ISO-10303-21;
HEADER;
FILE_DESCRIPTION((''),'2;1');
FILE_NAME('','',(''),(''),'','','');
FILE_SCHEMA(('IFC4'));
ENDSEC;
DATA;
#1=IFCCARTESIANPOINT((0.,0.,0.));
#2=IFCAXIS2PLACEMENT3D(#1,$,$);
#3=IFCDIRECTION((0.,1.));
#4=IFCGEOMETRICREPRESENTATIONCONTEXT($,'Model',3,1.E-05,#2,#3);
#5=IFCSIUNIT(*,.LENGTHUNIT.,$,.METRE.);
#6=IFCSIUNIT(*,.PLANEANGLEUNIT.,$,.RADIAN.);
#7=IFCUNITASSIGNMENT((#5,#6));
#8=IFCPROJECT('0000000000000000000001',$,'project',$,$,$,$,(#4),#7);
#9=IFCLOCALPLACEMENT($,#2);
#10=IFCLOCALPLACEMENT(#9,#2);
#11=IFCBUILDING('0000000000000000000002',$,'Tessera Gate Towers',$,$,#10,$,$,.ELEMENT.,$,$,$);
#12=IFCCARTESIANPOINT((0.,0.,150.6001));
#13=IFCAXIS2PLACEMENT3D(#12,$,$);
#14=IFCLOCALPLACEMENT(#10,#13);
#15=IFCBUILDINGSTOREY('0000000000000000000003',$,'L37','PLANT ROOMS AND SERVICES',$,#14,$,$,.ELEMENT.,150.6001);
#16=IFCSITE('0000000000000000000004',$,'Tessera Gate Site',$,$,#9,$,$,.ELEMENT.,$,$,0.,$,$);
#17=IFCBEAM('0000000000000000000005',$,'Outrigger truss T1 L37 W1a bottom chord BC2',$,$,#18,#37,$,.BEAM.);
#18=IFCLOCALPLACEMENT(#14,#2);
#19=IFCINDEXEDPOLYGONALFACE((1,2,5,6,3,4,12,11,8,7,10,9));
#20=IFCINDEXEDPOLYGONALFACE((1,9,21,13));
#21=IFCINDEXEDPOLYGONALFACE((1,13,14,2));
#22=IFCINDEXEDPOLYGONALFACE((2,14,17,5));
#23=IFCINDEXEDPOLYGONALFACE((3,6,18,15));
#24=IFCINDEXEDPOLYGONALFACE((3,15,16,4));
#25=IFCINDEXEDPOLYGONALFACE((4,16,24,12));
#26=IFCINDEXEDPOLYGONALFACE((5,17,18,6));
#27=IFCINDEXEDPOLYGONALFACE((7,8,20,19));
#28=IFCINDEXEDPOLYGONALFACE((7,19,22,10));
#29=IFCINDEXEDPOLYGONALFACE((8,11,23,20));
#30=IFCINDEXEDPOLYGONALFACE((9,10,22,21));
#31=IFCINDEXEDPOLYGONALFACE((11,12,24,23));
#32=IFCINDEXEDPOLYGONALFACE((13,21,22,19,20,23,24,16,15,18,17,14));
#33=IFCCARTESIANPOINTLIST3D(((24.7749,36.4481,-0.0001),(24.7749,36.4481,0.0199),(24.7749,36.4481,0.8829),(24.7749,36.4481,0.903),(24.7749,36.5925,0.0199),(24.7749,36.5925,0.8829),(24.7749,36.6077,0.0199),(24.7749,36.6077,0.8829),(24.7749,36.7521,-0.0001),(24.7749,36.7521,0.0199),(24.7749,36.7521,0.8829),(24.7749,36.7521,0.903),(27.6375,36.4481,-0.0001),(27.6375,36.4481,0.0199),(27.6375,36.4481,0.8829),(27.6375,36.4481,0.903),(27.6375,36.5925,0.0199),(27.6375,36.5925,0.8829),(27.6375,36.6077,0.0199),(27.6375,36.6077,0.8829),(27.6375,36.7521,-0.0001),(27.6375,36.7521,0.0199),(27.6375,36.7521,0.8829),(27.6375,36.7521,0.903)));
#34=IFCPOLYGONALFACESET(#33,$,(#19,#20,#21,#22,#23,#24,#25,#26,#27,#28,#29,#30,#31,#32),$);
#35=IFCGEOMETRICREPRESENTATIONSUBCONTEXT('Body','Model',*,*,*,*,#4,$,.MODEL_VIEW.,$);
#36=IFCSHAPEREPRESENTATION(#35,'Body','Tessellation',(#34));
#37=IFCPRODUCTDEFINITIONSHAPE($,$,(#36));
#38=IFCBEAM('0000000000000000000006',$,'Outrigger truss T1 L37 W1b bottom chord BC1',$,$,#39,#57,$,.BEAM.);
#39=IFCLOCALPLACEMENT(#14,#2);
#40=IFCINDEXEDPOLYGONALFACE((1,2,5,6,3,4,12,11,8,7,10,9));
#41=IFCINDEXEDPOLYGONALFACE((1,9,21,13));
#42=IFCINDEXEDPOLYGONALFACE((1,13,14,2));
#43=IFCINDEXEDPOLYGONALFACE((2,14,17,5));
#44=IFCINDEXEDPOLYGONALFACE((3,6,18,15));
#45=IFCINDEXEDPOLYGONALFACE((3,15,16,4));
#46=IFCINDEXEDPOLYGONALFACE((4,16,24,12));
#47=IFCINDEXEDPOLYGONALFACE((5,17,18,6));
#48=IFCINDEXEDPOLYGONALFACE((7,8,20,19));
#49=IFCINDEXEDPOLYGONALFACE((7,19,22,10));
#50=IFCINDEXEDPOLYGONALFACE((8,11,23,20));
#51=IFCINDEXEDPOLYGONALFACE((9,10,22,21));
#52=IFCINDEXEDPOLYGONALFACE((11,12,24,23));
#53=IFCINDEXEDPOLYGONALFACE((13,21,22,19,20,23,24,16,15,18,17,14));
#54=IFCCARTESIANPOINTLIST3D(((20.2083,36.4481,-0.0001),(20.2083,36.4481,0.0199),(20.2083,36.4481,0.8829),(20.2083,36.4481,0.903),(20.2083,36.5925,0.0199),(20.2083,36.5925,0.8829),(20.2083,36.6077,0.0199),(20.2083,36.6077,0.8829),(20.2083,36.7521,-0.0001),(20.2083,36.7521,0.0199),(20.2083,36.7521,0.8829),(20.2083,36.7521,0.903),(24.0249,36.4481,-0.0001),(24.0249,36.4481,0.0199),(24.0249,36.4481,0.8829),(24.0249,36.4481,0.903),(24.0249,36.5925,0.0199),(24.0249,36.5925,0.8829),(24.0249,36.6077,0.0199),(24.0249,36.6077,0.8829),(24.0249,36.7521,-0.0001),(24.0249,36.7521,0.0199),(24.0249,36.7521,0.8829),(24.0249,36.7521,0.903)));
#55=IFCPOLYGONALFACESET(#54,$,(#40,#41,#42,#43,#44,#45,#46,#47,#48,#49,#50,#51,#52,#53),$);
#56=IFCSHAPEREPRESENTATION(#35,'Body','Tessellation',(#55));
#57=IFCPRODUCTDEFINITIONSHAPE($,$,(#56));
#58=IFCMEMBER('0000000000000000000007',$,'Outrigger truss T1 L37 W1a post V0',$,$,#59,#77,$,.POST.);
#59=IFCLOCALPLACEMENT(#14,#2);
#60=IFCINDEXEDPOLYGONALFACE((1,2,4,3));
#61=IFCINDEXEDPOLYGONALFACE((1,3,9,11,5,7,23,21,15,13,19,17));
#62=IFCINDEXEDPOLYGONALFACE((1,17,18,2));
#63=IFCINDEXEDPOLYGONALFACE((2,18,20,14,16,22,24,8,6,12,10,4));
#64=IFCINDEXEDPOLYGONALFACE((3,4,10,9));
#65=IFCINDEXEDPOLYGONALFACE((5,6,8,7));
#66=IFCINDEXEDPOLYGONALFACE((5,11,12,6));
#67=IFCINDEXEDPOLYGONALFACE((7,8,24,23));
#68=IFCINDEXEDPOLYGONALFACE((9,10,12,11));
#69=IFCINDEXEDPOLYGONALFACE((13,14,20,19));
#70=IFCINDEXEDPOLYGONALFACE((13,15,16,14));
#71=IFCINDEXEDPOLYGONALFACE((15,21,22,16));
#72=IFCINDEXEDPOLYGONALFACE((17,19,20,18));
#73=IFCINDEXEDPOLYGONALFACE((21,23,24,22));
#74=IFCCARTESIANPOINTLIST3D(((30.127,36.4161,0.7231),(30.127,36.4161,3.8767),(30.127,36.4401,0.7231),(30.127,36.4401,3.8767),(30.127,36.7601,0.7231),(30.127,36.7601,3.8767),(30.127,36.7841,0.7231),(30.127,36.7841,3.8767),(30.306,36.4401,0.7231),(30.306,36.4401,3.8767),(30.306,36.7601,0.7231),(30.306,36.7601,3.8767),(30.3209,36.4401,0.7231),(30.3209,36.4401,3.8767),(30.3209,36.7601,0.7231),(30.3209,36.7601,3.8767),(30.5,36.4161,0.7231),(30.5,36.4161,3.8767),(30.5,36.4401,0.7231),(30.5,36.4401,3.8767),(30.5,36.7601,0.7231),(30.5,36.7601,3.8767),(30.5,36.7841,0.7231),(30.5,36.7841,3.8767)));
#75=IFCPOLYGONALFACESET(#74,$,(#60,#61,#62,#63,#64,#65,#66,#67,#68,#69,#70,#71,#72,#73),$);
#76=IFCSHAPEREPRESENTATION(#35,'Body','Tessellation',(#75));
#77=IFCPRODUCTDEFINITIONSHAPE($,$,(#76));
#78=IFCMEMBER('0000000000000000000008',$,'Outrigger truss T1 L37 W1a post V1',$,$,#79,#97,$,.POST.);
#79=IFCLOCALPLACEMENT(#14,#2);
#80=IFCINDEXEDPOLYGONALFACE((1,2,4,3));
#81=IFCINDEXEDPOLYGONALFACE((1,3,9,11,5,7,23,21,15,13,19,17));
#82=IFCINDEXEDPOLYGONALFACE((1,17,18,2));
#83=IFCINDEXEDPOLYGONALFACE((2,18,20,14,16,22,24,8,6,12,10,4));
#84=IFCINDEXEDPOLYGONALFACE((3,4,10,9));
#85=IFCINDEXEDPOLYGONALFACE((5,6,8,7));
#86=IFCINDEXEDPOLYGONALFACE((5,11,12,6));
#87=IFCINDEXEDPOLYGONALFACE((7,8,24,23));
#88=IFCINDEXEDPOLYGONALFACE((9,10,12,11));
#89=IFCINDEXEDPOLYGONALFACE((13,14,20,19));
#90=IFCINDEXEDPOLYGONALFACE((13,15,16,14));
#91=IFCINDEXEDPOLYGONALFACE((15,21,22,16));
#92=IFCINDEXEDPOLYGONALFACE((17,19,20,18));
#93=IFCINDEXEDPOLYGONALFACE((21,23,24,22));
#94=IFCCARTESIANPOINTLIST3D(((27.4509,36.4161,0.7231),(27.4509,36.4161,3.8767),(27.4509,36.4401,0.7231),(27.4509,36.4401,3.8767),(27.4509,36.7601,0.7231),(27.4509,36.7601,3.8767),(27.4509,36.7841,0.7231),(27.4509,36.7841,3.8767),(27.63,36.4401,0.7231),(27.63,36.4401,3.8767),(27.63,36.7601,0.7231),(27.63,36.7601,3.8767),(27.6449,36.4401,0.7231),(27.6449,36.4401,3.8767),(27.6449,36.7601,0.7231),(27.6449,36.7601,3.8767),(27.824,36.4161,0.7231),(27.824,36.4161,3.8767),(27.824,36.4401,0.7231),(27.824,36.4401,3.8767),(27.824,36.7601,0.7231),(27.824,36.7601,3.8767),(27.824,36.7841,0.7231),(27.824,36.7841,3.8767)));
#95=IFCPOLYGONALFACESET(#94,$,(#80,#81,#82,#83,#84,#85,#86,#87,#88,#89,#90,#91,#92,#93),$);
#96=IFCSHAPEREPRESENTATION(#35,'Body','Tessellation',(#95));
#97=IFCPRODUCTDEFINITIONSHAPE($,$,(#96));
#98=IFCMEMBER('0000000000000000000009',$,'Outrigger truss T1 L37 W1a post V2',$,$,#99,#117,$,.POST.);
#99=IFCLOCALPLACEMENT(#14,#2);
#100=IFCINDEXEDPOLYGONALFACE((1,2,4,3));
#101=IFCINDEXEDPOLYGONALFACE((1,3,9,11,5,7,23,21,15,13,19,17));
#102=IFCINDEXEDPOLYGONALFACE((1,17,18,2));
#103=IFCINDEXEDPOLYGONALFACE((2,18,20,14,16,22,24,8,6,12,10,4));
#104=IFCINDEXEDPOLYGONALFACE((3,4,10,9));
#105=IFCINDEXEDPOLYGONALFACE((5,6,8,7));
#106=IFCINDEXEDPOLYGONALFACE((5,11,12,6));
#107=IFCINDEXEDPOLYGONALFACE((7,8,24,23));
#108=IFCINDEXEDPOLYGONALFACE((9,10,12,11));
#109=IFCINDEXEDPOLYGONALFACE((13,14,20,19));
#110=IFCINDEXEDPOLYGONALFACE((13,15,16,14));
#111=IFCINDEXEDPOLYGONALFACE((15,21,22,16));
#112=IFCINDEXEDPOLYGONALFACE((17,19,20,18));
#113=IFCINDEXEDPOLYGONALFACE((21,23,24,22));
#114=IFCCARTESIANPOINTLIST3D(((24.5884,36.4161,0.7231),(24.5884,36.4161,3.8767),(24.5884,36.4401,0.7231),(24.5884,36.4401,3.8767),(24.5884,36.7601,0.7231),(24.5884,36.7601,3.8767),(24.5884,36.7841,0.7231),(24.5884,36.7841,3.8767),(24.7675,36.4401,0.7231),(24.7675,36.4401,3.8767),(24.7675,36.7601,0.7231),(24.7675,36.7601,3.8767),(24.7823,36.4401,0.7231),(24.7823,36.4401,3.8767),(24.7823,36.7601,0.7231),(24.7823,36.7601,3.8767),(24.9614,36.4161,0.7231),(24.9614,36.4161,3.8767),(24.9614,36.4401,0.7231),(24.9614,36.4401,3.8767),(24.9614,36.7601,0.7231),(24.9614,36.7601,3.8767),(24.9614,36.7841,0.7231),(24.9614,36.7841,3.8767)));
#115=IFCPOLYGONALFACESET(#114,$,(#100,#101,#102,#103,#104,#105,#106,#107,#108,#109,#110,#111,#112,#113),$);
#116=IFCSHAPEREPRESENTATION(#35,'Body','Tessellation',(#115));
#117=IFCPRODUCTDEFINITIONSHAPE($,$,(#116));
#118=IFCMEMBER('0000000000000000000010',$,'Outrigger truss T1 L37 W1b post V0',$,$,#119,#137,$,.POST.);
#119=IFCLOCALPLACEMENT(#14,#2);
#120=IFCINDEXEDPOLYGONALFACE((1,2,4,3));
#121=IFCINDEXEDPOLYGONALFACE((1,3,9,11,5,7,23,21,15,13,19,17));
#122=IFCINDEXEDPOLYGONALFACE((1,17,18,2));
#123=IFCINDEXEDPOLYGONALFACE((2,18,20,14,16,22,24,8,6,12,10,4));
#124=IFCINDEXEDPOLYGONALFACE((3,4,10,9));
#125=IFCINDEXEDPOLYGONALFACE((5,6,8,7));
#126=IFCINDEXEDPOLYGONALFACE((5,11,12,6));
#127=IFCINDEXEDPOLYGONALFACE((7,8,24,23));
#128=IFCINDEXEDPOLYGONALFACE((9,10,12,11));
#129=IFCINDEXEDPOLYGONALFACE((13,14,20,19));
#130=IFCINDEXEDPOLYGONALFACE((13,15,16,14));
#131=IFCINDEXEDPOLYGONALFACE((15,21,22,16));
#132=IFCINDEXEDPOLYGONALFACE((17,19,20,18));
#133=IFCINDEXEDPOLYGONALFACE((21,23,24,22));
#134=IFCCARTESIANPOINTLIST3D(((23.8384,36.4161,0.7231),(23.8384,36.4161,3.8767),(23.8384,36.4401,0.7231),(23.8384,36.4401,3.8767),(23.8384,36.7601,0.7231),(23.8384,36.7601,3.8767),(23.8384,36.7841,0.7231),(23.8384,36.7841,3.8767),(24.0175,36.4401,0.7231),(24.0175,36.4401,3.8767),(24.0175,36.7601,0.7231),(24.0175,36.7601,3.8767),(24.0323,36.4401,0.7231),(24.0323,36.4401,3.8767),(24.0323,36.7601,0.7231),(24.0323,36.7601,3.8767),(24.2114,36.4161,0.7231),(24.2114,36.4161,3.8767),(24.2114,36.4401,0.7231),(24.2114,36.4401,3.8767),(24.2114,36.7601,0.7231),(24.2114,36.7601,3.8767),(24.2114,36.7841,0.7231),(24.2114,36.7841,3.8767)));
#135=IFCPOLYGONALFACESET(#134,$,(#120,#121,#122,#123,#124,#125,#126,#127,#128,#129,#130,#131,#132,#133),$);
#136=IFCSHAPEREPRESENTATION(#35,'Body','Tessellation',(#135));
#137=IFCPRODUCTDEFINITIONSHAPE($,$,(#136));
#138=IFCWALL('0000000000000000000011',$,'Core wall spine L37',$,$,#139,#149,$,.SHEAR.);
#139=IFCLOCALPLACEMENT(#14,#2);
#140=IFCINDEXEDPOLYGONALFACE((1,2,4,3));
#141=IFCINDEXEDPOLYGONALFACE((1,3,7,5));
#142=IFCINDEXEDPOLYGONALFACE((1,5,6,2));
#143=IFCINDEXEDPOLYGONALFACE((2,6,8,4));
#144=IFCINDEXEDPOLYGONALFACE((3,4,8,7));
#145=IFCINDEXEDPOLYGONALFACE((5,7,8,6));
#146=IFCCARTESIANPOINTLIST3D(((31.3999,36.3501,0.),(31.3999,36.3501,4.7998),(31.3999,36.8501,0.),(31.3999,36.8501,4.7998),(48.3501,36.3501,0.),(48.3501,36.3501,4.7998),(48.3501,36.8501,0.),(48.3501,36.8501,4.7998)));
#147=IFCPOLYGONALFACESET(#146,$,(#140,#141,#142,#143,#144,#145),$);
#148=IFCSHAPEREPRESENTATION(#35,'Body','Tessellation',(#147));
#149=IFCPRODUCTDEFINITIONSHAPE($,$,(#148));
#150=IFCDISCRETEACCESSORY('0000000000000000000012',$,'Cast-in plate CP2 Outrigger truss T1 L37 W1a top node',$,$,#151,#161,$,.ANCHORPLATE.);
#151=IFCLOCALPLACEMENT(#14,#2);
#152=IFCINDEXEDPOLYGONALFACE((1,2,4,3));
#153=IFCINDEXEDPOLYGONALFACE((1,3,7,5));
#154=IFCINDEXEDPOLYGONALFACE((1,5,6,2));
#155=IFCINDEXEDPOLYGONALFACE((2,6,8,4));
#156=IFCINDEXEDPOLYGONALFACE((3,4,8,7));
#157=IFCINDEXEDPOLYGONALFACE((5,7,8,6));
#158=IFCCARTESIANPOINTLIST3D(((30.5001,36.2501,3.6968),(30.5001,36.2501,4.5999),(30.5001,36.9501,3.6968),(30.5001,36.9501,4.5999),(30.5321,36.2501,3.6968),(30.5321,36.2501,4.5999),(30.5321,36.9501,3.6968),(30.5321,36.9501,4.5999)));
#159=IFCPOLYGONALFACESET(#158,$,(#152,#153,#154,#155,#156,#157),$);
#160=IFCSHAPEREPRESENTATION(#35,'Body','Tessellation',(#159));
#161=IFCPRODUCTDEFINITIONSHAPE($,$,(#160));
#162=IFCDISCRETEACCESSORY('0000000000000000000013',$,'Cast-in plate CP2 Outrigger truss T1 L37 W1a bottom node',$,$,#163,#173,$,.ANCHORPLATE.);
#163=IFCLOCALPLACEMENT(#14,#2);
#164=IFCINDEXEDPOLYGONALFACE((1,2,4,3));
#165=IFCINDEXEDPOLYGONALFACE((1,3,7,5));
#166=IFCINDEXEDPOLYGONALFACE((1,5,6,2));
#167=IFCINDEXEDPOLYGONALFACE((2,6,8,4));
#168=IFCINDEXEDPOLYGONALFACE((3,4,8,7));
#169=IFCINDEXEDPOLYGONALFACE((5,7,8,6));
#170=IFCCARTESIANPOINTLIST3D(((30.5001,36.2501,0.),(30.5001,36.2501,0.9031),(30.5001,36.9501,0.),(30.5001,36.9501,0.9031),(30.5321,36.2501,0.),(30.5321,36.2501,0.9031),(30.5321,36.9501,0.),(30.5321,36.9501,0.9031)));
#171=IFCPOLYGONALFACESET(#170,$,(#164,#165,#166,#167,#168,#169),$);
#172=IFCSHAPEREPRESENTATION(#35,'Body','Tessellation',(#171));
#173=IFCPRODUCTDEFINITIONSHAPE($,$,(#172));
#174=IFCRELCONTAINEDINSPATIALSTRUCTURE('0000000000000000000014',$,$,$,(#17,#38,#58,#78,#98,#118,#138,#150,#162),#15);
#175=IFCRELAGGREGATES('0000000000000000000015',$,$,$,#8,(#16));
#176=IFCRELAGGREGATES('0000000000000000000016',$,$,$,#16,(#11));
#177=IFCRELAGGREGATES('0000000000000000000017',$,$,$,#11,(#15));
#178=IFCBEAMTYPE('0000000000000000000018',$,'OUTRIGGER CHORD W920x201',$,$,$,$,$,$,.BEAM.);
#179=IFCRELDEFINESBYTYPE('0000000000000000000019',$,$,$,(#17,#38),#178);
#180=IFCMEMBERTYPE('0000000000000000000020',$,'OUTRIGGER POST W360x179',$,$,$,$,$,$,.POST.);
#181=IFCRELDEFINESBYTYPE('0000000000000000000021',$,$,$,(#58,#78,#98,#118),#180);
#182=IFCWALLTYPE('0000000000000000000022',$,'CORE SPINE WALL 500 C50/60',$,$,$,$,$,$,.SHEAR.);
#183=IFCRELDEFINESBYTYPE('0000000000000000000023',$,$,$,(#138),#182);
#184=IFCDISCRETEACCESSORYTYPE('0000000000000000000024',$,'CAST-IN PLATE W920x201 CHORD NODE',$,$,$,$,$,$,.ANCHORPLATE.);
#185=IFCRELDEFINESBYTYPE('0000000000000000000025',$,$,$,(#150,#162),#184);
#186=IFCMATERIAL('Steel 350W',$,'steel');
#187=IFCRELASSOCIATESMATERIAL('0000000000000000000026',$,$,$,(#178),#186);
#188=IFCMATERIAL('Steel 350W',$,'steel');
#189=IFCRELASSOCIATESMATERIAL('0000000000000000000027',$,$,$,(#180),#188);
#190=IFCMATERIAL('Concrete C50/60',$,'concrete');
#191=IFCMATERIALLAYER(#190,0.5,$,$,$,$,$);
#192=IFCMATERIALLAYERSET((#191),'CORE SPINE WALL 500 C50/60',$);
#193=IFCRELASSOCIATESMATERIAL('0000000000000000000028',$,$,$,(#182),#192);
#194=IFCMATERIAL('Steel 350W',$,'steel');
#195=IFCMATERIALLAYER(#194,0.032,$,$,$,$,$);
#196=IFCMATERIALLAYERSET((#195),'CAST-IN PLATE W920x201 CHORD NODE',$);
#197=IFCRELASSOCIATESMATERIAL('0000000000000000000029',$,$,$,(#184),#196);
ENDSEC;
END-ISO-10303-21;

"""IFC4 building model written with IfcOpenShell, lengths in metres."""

from ifc_helpers import new_model, si_unit, direction, frame, frame_2d, origin, origin_2d, place, context, subcontext, project, spatial, rectangle, i_section, extrude, material, layer, layer_set, material_profile, profile_set, type_object, element, save


model = new_model("IFC4")

# Units and contexts
model_context = context("Model", 3, precision=1e-05, world=origin(), true_north=direction((0.0, 1.0)))
body_context = subcontext(model_context, "Body", "Model", "MODEL_VIEW")
ifc_project = project(units=[si_unit("LENGTHUNIT", "METRE"), si_unit("PLANEANGLEUNIT", "RADIAN")], contexts=[model_context])

# Site, building, storey
site_placement = place(None, origin())
site = spatial("IfcSite", under=ifc_project, at=site_placement, Name="Tessera Gate Site", CompositionType="ELEMENT", RefElevation=0.0)
building_placement = place(site_placement, origin())
building = spatial("IfcBuilding", under=site, at=building_placement, Name="Tessera Gate Towers", CompositionType="ELEMENT")
storey_placement = place(building_placement, frame((0.0, 0.0, 150.6001)))
storey = spatial("IfcBuildingStorey", under=building, at=storey_placement, Name="L37", Description="PLANT ROOMS AND SERVICES", CompositionType="ELEMENT", Elevation=150.6001)

# Beams
ifc_material_1 = material(Name="Steel 350W", Category="steel")
ifc_material_profile_1 = material_profile(ifc_material_1, i_section(OverallWidth=0.304, OverallDepth=0.9031, WebThickness=0.0151, FlangeThickness=0.02, at=origin_2d()), Name="W920x201")
ifc_profile_set_1 = profile_set([ifc_material_profile_1], Name="Steel 350W")
beam_type_1 = type_object("IfcBeamType", Name="OUTRIGGER CHORD W920x201", PredefinedType="BEAM", material=ifc_profile_set_1)
for number, where, z_axis, x_axis, name in (
    (1, (27.6375, 36.6001, 0.4514), (-1.0, 0.0, 0.0), (0.0, -1.0, 0.0), "Outrigger truss T1 L37 W1a bottom chord BC2"),
):
    element("IfcBeam", number, at=place(storey_placement, frame(where, z_axis=z_axis, x_axis=x_axis)), inside=storey, type_object=beam_type_1, Name=name, PredefinedType="BEAM", context=body_context, shape_type="SweptSolid", body=[
        extrude(i_section(OverallWidth=0.304, OverallDepth=0.9031, WebThickness=0.0151, FlangeThickness=0.02, at=origin_2d()), origin(), (0.0, 0.0, 1.0), 2.8625),
    ])
beam_1_placement = place(storey_placement, frame((24.0249, 36.6001, 0.4514), z_axis=(-1.0, 0.0, 0.0), x_axis=(0.0, -1.0, 0.0)))
element("IfcBeam", 2, at=beam_1_placement, inside=storey, type_object=beam_type_1, Name="Outrigger truss T1 L37 W1b bottom chord BC1", PredefinedType="BEAM", context=body_context, shape_type="SweptSolid", body=[
    extrude(i_section(OverallWidth=0.304, OverallDepth=0.9031, WebThickness=0.0151, FlangeThickness=0.02, at=origin_2d()), origin(), (0.0, 0.0, 1.0), 3.8167),
])

# Members
ifc_material_2 = material(Name="Steel 350W", Category="steel")
ifc_material_profile_2 = material_profile(ifc_material_2, i_section(OverallWidth=0.373, OverallDepth=0.3679, WebThickness=0.0149, FlangeThickness=0.0239, at=origin_2d()), Name="W360x179")
ifc_profile_set_2 = profile_set([ifc_material_profile_2], Name="Steel 350W")
member_type_1 = type_object("IfcMemberType", Name="OUTRIGGER POST W360x179", PredefinedType="POST", material=ifc_profile_set_2)
for number, where, z_axis, x_axis, name in (
    (3, (30.3135, 36.6001, 0.7231), (0.0, 0.0, 1.0), (1.0, 0.0, 0.0), "Outrigger truss T1 L37 W1a post V0"),
    (4, (27.6375, 36.6001, 0.7231), (0.0, 0.0, 1.0), (1.0, 0.0, 0.0), "Outrigger truss T1 L37 W1a post V1"),
    (5, (24.7749, 36.6001, 0.7231), (0.0, 0.0, 1.0), (1.0, 0.0, 0.0), "Outrigger truss T1 L37 W1a post V2"),
    (6, (24.0249, 36.6001, 0.7231), (0.0, 0.0, 1.0), (1.0, 0.0, 0.0), "Outrigger truss T1 L37 W1b post V0"),
):
    element("IfcMember", number, at=place(storey_placement, frame(where, z_axis=z_axis, x_axis=x_axis)), inside=storey, type_object=member_type_1, Name=name, PredefinedType="POST", context=body_context, shape_type="SweptSolid", body=[
        extrude(i_section(OverallWidth=0.373, OverallDepth=0.3679, WebThickness=0.0149, FlangeThickness=0.0239, at=origin_2d()), origin(), (0.0, 0.0, 1.0), 3.1536),
    ])

# Wall
ifc_material_3 = material(Name="Concrete C50/60", Category="concrete")
ifc_layer_1 = layer(ifc_material_3, 0.5)
ifc_layer_set_1 = layer_set([ifc_layer_1], Name="CORE SPINE WALL 500 C50/60")
wall_type = type_object("IfcWallType", Name="CORE SPINE WALL 500 C50/60", PredefinedType="SHEAR", material=ifc_layer_set_1)
wall_placement = place(storey_placement, frame((31.3999, 36.6001, 0.0), z_axis=(0.0, 0.0, 1.0), x_axis=(1.0, 0.0, 0.0)))
element("IfcWall", 7, at=wall_placement, inside=storey, type_object=wall_type, Name="Core wall spine L37", PredefinedType="SHEAR", context=body_context, shape_type="SweptSolid", body=[
    extrude(rectangle(XDim=16.9502, YDim=0.5, at=frame_2d((8.4751, 0.0))), origin(), (0.0, 0.0, 1.0), 4.7998),
])

# Discrete accessories
ifc_material_4 = material(Name="Steel 350W", Category="steel")
ifc_layer_2 = layer(ifc_material_4, 0.032)
ifc_layer_set_2 = layer_set([ifc_layer_2], Name="CAST-IN PLATE W920x201 CHORD NODE")
discrete_accessory_type = type_object("IfcDiscreteAccessoryType", Name="CAST-IN PLATE W920x201 CHORD NODE", PredefinedType="ANCHORPLATE", material=ifc_layer_set_2)
for number, where, z_axis, x_axis, name in (
    (8, (30.5161, 36.6001, 3.6968), (0.0, 0.0, 1.0), (1.0, 0.0, 0.0), "Cast-in plate CP2 Outrigger truss T1 L37 W1a top node"),
    (9, (30.5161, 36.6001, 0.0), (0.0, 0.0, 1.0), (1.0, 0.0, 0.0), "Cast-in plate CP2 Outrigger truss T1 L37 W1a bottom node"),
):
    element("IfcDiscreteAccessory", number, at=place(storey_placement, frame(where, z_axis=z_axis, x_axis=x_axis)), inside=storey, type_object=discrete_accessory_type, Name=name, PredefinedType="ANCHORPLATE", context=body_context, shape_type="SweptSolid", body=[
        extrude(rectangle(XDim=0.032, YDim=0.7, at=origin_2d()), origin(), (0.0, 0.0, 1.0), 0.9031),
    ])

save(model, "model.ifc")
